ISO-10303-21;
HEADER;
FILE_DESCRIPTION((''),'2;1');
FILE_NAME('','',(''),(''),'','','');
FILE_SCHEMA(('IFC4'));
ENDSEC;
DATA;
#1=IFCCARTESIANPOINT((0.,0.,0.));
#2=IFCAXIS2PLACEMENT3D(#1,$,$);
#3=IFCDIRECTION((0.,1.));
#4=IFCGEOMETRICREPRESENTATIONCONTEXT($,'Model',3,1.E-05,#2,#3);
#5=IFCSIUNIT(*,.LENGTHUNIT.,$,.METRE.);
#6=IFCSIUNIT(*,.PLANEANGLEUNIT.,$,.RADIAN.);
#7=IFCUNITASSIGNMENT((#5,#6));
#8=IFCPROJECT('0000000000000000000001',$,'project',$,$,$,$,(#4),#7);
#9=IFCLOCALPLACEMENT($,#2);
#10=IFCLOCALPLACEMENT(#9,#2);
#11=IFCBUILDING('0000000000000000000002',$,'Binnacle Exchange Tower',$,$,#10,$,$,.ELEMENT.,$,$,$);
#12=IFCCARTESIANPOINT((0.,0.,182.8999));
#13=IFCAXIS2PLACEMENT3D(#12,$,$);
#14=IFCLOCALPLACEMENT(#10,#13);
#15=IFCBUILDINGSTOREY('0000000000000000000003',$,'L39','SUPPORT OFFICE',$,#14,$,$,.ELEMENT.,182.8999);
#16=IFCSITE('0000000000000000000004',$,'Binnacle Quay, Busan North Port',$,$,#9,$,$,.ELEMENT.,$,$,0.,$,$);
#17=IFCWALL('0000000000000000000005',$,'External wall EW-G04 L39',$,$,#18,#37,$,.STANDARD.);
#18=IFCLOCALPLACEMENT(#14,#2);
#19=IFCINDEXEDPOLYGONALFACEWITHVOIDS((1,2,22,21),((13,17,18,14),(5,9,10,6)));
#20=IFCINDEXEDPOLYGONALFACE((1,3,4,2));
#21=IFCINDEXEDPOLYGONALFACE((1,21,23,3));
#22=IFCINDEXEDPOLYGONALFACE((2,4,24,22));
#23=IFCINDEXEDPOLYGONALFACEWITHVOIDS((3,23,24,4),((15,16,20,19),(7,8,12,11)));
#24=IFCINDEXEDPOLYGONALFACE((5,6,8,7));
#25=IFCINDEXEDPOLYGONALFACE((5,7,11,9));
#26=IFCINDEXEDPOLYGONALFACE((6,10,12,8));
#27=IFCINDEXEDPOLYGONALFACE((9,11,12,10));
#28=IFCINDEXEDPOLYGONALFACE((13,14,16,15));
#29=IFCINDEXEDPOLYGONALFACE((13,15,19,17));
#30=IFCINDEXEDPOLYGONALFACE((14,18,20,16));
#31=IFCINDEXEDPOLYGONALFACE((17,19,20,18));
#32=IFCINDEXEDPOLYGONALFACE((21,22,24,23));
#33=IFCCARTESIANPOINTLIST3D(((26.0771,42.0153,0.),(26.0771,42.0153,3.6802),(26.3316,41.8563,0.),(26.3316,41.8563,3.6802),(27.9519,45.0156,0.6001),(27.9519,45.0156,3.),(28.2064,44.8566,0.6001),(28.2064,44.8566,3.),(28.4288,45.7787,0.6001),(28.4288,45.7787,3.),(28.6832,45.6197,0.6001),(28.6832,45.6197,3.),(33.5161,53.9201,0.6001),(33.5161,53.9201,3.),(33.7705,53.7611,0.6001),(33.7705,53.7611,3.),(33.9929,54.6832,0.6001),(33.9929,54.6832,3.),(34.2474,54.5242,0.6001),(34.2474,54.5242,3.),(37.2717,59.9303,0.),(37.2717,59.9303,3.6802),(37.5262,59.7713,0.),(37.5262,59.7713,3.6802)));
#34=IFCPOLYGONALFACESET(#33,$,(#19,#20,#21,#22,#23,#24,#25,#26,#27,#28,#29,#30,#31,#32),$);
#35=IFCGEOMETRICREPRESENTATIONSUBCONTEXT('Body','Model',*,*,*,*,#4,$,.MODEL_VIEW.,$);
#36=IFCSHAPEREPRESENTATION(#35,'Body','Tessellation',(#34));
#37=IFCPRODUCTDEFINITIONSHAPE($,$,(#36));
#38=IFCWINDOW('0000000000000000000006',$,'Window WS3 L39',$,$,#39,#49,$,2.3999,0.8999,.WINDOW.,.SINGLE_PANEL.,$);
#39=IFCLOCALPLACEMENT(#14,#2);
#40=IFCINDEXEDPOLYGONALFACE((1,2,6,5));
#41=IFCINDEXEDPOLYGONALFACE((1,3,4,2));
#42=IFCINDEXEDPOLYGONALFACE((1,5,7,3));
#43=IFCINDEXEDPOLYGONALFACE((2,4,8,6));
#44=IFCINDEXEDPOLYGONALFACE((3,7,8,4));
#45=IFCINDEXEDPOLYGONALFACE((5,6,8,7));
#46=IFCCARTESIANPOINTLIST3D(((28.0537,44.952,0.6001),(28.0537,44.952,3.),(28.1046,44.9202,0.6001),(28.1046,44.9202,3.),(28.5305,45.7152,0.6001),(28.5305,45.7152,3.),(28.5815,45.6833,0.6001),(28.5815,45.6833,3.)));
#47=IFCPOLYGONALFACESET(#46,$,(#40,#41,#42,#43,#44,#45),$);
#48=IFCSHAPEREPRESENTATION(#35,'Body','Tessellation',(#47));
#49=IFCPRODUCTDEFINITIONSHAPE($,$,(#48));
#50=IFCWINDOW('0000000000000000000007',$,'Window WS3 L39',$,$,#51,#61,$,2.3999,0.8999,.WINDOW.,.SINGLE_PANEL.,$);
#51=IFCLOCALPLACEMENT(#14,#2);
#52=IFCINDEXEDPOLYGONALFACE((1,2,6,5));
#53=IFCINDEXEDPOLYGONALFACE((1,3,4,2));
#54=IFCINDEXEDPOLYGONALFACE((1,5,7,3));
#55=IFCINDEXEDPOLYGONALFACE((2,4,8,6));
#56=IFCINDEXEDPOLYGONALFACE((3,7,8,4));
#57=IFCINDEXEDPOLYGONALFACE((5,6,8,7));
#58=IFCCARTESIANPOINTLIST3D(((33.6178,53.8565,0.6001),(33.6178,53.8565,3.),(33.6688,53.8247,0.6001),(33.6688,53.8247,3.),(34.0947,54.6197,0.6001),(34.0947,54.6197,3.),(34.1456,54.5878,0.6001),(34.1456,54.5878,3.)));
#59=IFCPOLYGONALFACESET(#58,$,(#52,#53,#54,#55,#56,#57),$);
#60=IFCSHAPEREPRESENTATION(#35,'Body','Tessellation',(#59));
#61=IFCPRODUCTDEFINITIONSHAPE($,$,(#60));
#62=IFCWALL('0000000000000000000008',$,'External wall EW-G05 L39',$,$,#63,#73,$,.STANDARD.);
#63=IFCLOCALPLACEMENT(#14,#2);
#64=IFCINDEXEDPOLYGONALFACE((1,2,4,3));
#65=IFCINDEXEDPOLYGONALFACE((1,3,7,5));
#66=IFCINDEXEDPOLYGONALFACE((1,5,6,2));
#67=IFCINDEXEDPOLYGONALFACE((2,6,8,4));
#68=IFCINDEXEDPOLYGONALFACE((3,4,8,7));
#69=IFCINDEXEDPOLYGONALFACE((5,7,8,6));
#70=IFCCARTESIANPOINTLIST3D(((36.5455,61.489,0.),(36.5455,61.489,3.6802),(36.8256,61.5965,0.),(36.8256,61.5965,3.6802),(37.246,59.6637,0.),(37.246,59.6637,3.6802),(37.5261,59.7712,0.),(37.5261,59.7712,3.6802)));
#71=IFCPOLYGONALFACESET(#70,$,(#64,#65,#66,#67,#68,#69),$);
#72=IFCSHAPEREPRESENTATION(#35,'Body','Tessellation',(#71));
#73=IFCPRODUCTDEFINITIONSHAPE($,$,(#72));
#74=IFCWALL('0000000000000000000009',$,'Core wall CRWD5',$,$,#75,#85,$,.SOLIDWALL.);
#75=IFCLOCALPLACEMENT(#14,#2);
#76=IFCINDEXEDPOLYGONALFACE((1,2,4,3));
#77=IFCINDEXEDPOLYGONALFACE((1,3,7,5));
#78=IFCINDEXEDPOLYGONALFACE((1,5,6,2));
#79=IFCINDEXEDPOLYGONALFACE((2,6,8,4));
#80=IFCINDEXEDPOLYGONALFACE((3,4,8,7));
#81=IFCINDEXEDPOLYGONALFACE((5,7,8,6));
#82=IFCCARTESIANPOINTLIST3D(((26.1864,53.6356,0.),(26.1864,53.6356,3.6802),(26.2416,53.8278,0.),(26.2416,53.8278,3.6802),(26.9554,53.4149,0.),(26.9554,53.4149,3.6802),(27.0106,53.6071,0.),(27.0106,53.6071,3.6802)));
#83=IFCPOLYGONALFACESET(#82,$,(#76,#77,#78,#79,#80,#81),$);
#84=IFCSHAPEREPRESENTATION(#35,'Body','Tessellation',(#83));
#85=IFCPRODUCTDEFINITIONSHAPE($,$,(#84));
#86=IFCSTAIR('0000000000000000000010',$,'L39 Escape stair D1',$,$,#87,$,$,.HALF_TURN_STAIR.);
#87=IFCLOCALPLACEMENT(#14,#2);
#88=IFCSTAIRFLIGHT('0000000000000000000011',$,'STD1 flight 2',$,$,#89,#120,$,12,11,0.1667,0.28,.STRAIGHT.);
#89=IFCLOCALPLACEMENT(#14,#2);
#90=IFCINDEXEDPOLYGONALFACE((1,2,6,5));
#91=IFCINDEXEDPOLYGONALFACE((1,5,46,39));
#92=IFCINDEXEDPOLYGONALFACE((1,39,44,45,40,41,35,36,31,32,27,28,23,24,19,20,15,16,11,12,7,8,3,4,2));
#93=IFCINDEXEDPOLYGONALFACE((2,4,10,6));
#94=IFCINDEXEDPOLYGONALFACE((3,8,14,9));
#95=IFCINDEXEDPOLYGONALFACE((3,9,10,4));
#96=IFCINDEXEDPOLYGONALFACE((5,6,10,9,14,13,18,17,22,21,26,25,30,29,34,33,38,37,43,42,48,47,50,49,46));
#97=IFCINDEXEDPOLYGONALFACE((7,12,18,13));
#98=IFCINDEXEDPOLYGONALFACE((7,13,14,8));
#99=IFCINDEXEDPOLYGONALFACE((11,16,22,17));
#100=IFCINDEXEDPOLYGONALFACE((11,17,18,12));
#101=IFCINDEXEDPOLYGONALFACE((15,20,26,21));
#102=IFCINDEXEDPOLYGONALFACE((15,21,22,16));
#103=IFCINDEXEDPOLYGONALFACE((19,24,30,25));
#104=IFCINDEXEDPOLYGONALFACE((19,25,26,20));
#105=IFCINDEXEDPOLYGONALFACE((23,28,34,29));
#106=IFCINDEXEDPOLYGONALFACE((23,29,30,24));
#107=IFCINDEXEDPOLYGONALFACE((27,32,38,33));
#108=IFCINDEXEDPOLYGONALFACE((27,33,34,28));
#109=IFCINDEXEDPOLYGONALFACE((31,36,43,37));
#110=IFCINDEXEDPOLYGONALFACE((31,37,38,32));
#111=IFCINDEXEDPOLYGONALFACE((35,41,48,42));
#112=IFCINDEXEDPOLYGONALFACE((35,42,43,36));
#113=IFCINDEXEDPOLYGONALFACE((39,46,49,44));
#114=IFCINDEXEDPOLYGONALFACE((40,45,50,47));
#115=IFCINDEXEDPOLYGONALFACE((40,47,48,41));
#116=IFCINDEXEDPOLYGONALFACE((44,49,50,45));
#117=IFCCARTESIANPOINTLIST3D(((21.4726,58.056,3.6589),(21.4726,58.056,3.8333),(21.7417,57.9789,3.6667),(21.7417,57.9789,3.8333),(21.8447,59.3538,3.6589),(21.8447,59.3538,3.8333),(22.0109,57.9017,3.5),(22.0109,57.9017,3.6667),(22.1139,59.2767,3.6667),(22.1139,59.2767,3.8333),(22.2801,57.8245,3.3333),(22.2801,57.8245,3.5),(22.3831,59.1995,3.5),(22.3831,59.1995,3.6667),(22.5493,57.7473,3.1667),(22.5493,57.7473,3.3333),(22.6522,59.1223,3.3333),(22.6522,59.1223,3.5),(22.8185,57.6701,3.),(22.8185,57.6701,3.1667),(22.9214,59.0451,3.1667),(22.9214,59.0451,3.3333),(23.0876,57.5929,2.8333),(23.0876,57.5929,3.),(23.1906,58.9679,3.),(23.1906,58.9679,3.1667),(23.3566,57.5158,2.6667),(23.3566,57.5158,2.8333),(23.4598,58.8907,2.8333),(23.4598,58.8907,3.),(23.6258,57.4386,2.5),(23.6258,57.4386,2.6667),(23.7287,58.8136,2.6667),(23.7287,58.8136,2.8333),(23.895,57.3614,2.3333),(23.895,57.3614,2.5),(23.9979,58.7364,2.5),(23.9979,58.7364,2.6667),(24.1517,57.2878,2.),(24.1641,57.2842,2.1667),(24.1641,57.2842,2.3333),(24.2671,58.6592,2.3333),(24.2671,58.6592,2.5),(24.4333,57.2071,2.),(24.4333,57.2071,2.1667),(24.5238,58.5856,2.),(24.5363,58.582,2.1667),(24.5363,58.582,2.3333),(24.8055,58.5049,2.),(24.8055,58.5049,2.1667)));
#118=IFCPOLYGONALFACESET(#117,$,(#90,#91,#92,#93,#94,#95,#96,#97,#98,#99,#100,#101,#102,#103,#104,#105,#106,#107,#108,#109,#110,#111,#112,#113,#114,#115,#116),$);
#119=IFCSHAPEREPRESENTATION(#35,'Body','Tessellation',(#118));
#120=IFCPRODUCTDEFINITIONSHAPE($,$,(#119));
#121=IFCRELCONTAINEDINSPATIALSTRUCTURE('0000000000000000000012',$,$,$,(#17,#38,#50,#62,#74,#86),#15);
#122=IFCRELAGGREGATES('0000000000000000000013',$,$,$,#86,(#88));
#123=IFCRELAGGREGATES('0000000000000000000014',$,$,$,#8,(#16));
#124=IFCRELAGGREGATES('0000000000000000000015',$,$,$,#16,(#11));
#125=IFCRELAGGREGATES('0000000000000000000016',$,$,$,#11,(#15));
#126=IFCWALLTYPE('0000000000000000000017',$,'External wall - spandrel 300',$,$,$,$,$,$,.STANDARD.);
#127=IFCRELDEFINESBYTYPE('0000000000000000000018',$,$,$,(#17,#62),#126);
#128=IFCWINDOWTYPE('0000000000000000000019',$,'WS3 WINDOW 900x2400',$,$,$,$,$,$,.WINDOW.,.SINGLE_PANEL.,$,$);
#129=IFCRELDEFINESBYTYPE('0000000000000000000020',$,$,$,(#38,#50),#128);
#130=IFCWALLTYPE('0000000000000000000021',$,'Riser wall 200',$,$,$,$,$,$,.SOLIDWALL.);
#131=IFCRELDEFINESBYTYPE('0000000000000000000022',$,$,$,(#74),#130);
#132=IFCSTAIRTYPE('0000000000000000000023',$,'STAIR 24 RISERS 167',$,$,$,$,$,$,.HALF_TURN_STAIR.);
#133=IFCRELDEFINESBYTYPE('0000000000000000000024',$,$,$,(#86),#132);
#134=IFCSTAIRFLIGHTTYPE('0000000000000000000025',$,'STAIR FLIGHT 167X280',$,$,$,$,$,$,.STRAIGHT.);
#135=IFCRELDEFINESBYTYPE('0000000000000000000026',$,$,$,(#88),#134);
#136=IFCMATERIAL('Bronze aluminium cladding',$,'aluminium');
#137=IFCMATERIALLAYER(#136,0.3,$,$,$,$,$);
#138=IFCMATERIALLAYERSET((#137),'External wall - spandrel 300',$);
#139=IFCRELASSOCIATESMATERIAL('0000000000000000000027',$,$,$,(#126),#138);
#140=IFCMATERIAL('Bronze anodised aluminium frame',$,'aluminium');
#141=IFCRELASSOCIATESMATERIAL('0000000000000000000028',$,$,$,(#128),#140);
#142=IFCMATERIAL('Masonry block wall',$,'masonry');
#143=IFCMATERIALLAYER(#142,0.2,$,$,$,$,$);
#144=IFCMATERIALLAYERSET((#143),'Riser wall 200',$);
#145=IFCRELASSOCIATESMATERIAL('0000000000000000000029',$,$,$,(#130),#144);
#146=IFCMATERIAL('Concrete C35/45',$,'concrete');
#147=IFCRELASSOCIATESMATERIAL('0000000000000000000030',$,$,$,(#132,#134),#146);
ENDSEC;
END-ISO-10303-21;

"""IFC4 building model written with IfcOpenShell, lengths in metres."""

from ifc_helpers import new_model, si_unit, direction, frame, frame_2d, origin, place, context, subcontext, project, spatial, polyline, rectangle, outline, extrude, material, layer, layer_set, type_object, element, fill, aggregate, save


model = new_model("IFC4")

# Units and contexts
model_context = context("Model", 3, precision=1e-05, world=origin(), true_north=direction((0.0, 1.0)))
body_context = subcontext(model_context, "Body", "Model", "MODEL_VIEW")
ifc_project = project(units=[si_unit("LENGTHUNIT", "METRE"), si_unit("PLANEANGLEUNIT", "RADIAN")], contexts=[model_context])

# Site, building, storey
site_placement = place(None, origin())
site = spatial("IfcSite", under=ifc_project, at=site_placement, Name="Binnacle Quay, Busan North Port", CompositionType="ELEMENT", RefElevation=0.0)
building_placement = place(site_placement, origin())
building = spatial("IfcBuilding", under=site, at=building_placement, Name="Binnacle Exchange Tower", CompositionType="ELEMENT")
storey_placement = place(building_placement, frame((0.0, 0.0, 182.8999)))
storey = spatial("IfcBuildingStorey", under=building, at=storey_placement, Name="L39", Description="SUPPORT OFFICE", CompositionType="ELEMENT", Elevation=182.8999)

# Wall, openings, windows
ifc_material_1 = material(Name="Bronze aluminium cladding", Category="aluminium")
ifc_layer_1 = layer(ifc_material_1, 0.3)
ifc_layer_set_1 = layer_set([ifc_layer_1], Name="External wall - spandrel 300")
wall_type_1 = type_object("IfcWallType", Name="External wall - spandrel 300", PredefinedType="STANDARD", material=ifc_layer_set_1)
wall_1_placement = place(storey_placement, frame((37.3989, 59.8508, 0.0), z_axis=(0.0, 0.0, 1.0), x_axis=(-0.52992, -0.848048, 0.0)))
wall_1 = element("IfcWall", 1, at=wall_1_placement, inside=storey, type_object=wall_type_1, Name="External wall EW-G04 L39", PredefinedType="STANDARD", context=body_context, shape_type="SweptSolid", body=[
    extrude(rectangle(XDim=21.125, YDim=0.3, at=frame_2d((10.5625, 0.0))), origin(), (0.0, 0.0, 1.0), 3.6802),
])
opening_1_placement = place(wall_1_placement, frame((16.6873, 0.0, 0.6001)))
opening_1 = element("IfcOpeningElement", 2, at=opening_1_placement, cuts=wall_1, PredefinedType="OPENING", context=body_context, shape_type="SweptSolid", body=[
    extrude(rectangle(XDim=0.8999, YDim=2.3999, at=frame_2d((0.45, 1.2))), frame((0.0, 0.1599, 0.0), z_axis=(0.0, -1.0, 0.0), x_axis=(1.0, 0.0, 0.0)), (0.0, 0.0, 1.0), 0.3201),
])
opening_2_placement = place(wall_1_placement, frame((6.1873, 0.0, 0.6001)))
opening_2 = element("IfcOpeningElement", 3, at=opening_2_placement, cuts=wall_1, PredefinedType="OPENING", context=body_context, shape_type="SweptSolid", body=[
    extrude(rectangle(XDim=0.8999, YDim=2.3999, at=frame_2d((0.45, 1.2))), frame((0.0, 0.1599, 0.0), z_axis=(0.0, -1.0, 0.0), x_axis=(1.0, 0.0, 0.0)), (0.0, 0.0, 1.0), 0.3201),
])
ifc_material_2 = material(Name="Bronze anodised aluminium frame", Category="aluminium")
window_type = type_object("IfcWindowType", Name="WS3 WINDOW 900x2400", PartitioningType="SINGLE_PANEL", PredefinedType="WINDOW", material=ifc_material_2)
window_1_placement = place(opening_1_placement, origin())
window_1 = element("IfcWindow", 4, at=window_1_placement, inside=storey, type_object=window_type, Name="Window WS3 L39", OverallHeight=2.3999, OverallWidth=0.8999, PartitioningType="SINGLE_PANEL", PredefinedType="WINDOW", context=body_context, shape_type="SweptSolid", body=[
    extrude(rectangle(XDim=0.8999, YDim=2.3999, at=frame_2d((0.45, 1.2))), frame((0.0, 0.03, 0.0), z_axis=(0.0, -1.0, 0.0), x_axis=(1.0, 0.0, 0.0)), (0.0, 0.0, 1.0), 0.0601),
])
fill(opening_1, window_1)
window_2_placement = place(opening_2_placement, origin())
window_2 = element("IfcWindow", 5, at=window_2_placement, inside=storey, type_object=window_type, Name="Window WS3 L39", OverallHeight=2.3999, OverallWidth=0.8999, PartitioningType="SINGLE_PANEL", PredefinedType="WINDOW", context=body_context, shape_type="SweptSolid", body=[
    extrude(rectangle(XDim=0.8999, YDim=2.3999, at=frame_2d((0.45, 1.2))), frame((0.0, 0.03, 0.0), z_axis=(0.0, -1.0, 0.0), x_axis=(1.0, 0.0, 0.0)), (0.0, 0.0, 1.0), 0.0601),
])
fill(opening_2, window_2)

# Walls
wall_2_placement = place(storey_placement, frame((36.6855, 61.5427, 0.0), z_axis=(0.0, 0.0, 1.0), x_axis=(0.358284, -0.933612, 0.0)))
element("IfcWall", 6, at=wall_2_placement, inside=storey, type_object=wall_type_1, Name="External wall EW-G05 L39", PredefinedType="STANDARD", context=body_context, shape_type="SweptSolid", body=[
    extrude(rectangle(XDim=1.9551, YDim=0.3, at=frame_2d((0.9775, 0.0))), origin(), (0.0, 0.0, 1.0), 3.6802),
])
ifc_material_3 = material(Name="Masonry block wall", Category="masonry")
ifc_layer_2 = layer(ifc_material_3, 0.2)
ifc_layer_set_2 = layer_set([ifc_layer_2], Name="Riser wall 200")
wall_type_2 = type_object("IfcWallType", Name="Riser wall 200", PredefinedType="SOLIDWALL", material=ifc_layer_set_2)
wall_3_placement = place(storey_placement, frame((26.2141, 53.7317, 0.0), z_axis=(0.0, 0.0, 1.0), x_axis=(0.961201, -0.275849, 0.0)))
element("IfcWall", 7, at=wall_3_placement, inside=storey, type_object=wall_type_2, Name="Core wall CRWD5", PredefinedType="SOLIDWALL", context=body_context, shape_type="SweptSolid", body=[
    extrude(rectangle(XDim=0.8, YDim=0.2, at=frame_2d((0.3999, 0.0))), origin(), (0.0, 0.0, 1.0), 3.6802),
])

# Stair, stair flight
ifc_material_4 = material(Name="Concrete C35/45", Category="concrete")
stair_type = type_object("IfcStairType", Name="STAIR 24 RISERS 167", PredefinedType="HALF_TURN_STAIR", material=ifc_material_4)
stair_placement = place(storey_placement, origin())
stair = element("IfcStair", 8, at=stair_placement, inside=storey, type_object=stair_type, Name="L39 Escape stair D1", PredefinedType="HALF_TURN_STAIR")
stair_flight_type = type_object("IfcStairFlightType", Name="STAIR FLIGHT 167X280", PredefinedType="STRAIGHT", material=ifc_material_4)
stair_flight_placement = place(storey_placement, frame((24.6194, 57.856, 2.0), z_axis=(0.0, 0.0, 1.0), x_axis=(-0.961262, 0.275637, 0.0)))
stair_flight = element("IfcStairFlight", 9, at=stair_flight_placement, type_object=stair_flight_type, Name="STD1 flight 2", NumberOfRisers=12, NumberOfTreads=11, PredefinedType="STRAIGHT", RiserHeight=0.1667, TreadLength=0.28, context=body_context, shape_type="SweptSolid", body=[
    extrude(outline(polyline([(0.0, 0.0), (0.0, 0.1667), (0.28, 0.1667), (0.28, 0.3333), (0.5601, 0.3333), (0.5601, 0.5), (0.8401, 0.5), (0.8401, 0.6667), (1.1201, 0.6667), (1.1201, 0.8333), (1.3999, 0.8333), (1.3999, 1.0), (1.6799, 1.0), (1.6799, 1.1667), (1.96, 1.1667), (1.96, 1.3333), (2.24, 1.3333), (2.24, 1.5), (2.52, 1.5), (2.52, 1.6667), (2.8, 1.6667), (2.8, 1.8333), (3.0801, 1.8333), (3.0801, 2.0), (3.0801, 1.6589), (0.293, 0.0), (0.0, 0.0)])), frame((0.0, 0.675, 0.0), z_axis=(0.0, -1.0, 0.0), x_axis=(1.0, 0.0, 0.0)), (0.0, 0.0, 1.0), 1.3501),
])
aggregate(stair, [stair_flight])

save(model, "model.ifc")
